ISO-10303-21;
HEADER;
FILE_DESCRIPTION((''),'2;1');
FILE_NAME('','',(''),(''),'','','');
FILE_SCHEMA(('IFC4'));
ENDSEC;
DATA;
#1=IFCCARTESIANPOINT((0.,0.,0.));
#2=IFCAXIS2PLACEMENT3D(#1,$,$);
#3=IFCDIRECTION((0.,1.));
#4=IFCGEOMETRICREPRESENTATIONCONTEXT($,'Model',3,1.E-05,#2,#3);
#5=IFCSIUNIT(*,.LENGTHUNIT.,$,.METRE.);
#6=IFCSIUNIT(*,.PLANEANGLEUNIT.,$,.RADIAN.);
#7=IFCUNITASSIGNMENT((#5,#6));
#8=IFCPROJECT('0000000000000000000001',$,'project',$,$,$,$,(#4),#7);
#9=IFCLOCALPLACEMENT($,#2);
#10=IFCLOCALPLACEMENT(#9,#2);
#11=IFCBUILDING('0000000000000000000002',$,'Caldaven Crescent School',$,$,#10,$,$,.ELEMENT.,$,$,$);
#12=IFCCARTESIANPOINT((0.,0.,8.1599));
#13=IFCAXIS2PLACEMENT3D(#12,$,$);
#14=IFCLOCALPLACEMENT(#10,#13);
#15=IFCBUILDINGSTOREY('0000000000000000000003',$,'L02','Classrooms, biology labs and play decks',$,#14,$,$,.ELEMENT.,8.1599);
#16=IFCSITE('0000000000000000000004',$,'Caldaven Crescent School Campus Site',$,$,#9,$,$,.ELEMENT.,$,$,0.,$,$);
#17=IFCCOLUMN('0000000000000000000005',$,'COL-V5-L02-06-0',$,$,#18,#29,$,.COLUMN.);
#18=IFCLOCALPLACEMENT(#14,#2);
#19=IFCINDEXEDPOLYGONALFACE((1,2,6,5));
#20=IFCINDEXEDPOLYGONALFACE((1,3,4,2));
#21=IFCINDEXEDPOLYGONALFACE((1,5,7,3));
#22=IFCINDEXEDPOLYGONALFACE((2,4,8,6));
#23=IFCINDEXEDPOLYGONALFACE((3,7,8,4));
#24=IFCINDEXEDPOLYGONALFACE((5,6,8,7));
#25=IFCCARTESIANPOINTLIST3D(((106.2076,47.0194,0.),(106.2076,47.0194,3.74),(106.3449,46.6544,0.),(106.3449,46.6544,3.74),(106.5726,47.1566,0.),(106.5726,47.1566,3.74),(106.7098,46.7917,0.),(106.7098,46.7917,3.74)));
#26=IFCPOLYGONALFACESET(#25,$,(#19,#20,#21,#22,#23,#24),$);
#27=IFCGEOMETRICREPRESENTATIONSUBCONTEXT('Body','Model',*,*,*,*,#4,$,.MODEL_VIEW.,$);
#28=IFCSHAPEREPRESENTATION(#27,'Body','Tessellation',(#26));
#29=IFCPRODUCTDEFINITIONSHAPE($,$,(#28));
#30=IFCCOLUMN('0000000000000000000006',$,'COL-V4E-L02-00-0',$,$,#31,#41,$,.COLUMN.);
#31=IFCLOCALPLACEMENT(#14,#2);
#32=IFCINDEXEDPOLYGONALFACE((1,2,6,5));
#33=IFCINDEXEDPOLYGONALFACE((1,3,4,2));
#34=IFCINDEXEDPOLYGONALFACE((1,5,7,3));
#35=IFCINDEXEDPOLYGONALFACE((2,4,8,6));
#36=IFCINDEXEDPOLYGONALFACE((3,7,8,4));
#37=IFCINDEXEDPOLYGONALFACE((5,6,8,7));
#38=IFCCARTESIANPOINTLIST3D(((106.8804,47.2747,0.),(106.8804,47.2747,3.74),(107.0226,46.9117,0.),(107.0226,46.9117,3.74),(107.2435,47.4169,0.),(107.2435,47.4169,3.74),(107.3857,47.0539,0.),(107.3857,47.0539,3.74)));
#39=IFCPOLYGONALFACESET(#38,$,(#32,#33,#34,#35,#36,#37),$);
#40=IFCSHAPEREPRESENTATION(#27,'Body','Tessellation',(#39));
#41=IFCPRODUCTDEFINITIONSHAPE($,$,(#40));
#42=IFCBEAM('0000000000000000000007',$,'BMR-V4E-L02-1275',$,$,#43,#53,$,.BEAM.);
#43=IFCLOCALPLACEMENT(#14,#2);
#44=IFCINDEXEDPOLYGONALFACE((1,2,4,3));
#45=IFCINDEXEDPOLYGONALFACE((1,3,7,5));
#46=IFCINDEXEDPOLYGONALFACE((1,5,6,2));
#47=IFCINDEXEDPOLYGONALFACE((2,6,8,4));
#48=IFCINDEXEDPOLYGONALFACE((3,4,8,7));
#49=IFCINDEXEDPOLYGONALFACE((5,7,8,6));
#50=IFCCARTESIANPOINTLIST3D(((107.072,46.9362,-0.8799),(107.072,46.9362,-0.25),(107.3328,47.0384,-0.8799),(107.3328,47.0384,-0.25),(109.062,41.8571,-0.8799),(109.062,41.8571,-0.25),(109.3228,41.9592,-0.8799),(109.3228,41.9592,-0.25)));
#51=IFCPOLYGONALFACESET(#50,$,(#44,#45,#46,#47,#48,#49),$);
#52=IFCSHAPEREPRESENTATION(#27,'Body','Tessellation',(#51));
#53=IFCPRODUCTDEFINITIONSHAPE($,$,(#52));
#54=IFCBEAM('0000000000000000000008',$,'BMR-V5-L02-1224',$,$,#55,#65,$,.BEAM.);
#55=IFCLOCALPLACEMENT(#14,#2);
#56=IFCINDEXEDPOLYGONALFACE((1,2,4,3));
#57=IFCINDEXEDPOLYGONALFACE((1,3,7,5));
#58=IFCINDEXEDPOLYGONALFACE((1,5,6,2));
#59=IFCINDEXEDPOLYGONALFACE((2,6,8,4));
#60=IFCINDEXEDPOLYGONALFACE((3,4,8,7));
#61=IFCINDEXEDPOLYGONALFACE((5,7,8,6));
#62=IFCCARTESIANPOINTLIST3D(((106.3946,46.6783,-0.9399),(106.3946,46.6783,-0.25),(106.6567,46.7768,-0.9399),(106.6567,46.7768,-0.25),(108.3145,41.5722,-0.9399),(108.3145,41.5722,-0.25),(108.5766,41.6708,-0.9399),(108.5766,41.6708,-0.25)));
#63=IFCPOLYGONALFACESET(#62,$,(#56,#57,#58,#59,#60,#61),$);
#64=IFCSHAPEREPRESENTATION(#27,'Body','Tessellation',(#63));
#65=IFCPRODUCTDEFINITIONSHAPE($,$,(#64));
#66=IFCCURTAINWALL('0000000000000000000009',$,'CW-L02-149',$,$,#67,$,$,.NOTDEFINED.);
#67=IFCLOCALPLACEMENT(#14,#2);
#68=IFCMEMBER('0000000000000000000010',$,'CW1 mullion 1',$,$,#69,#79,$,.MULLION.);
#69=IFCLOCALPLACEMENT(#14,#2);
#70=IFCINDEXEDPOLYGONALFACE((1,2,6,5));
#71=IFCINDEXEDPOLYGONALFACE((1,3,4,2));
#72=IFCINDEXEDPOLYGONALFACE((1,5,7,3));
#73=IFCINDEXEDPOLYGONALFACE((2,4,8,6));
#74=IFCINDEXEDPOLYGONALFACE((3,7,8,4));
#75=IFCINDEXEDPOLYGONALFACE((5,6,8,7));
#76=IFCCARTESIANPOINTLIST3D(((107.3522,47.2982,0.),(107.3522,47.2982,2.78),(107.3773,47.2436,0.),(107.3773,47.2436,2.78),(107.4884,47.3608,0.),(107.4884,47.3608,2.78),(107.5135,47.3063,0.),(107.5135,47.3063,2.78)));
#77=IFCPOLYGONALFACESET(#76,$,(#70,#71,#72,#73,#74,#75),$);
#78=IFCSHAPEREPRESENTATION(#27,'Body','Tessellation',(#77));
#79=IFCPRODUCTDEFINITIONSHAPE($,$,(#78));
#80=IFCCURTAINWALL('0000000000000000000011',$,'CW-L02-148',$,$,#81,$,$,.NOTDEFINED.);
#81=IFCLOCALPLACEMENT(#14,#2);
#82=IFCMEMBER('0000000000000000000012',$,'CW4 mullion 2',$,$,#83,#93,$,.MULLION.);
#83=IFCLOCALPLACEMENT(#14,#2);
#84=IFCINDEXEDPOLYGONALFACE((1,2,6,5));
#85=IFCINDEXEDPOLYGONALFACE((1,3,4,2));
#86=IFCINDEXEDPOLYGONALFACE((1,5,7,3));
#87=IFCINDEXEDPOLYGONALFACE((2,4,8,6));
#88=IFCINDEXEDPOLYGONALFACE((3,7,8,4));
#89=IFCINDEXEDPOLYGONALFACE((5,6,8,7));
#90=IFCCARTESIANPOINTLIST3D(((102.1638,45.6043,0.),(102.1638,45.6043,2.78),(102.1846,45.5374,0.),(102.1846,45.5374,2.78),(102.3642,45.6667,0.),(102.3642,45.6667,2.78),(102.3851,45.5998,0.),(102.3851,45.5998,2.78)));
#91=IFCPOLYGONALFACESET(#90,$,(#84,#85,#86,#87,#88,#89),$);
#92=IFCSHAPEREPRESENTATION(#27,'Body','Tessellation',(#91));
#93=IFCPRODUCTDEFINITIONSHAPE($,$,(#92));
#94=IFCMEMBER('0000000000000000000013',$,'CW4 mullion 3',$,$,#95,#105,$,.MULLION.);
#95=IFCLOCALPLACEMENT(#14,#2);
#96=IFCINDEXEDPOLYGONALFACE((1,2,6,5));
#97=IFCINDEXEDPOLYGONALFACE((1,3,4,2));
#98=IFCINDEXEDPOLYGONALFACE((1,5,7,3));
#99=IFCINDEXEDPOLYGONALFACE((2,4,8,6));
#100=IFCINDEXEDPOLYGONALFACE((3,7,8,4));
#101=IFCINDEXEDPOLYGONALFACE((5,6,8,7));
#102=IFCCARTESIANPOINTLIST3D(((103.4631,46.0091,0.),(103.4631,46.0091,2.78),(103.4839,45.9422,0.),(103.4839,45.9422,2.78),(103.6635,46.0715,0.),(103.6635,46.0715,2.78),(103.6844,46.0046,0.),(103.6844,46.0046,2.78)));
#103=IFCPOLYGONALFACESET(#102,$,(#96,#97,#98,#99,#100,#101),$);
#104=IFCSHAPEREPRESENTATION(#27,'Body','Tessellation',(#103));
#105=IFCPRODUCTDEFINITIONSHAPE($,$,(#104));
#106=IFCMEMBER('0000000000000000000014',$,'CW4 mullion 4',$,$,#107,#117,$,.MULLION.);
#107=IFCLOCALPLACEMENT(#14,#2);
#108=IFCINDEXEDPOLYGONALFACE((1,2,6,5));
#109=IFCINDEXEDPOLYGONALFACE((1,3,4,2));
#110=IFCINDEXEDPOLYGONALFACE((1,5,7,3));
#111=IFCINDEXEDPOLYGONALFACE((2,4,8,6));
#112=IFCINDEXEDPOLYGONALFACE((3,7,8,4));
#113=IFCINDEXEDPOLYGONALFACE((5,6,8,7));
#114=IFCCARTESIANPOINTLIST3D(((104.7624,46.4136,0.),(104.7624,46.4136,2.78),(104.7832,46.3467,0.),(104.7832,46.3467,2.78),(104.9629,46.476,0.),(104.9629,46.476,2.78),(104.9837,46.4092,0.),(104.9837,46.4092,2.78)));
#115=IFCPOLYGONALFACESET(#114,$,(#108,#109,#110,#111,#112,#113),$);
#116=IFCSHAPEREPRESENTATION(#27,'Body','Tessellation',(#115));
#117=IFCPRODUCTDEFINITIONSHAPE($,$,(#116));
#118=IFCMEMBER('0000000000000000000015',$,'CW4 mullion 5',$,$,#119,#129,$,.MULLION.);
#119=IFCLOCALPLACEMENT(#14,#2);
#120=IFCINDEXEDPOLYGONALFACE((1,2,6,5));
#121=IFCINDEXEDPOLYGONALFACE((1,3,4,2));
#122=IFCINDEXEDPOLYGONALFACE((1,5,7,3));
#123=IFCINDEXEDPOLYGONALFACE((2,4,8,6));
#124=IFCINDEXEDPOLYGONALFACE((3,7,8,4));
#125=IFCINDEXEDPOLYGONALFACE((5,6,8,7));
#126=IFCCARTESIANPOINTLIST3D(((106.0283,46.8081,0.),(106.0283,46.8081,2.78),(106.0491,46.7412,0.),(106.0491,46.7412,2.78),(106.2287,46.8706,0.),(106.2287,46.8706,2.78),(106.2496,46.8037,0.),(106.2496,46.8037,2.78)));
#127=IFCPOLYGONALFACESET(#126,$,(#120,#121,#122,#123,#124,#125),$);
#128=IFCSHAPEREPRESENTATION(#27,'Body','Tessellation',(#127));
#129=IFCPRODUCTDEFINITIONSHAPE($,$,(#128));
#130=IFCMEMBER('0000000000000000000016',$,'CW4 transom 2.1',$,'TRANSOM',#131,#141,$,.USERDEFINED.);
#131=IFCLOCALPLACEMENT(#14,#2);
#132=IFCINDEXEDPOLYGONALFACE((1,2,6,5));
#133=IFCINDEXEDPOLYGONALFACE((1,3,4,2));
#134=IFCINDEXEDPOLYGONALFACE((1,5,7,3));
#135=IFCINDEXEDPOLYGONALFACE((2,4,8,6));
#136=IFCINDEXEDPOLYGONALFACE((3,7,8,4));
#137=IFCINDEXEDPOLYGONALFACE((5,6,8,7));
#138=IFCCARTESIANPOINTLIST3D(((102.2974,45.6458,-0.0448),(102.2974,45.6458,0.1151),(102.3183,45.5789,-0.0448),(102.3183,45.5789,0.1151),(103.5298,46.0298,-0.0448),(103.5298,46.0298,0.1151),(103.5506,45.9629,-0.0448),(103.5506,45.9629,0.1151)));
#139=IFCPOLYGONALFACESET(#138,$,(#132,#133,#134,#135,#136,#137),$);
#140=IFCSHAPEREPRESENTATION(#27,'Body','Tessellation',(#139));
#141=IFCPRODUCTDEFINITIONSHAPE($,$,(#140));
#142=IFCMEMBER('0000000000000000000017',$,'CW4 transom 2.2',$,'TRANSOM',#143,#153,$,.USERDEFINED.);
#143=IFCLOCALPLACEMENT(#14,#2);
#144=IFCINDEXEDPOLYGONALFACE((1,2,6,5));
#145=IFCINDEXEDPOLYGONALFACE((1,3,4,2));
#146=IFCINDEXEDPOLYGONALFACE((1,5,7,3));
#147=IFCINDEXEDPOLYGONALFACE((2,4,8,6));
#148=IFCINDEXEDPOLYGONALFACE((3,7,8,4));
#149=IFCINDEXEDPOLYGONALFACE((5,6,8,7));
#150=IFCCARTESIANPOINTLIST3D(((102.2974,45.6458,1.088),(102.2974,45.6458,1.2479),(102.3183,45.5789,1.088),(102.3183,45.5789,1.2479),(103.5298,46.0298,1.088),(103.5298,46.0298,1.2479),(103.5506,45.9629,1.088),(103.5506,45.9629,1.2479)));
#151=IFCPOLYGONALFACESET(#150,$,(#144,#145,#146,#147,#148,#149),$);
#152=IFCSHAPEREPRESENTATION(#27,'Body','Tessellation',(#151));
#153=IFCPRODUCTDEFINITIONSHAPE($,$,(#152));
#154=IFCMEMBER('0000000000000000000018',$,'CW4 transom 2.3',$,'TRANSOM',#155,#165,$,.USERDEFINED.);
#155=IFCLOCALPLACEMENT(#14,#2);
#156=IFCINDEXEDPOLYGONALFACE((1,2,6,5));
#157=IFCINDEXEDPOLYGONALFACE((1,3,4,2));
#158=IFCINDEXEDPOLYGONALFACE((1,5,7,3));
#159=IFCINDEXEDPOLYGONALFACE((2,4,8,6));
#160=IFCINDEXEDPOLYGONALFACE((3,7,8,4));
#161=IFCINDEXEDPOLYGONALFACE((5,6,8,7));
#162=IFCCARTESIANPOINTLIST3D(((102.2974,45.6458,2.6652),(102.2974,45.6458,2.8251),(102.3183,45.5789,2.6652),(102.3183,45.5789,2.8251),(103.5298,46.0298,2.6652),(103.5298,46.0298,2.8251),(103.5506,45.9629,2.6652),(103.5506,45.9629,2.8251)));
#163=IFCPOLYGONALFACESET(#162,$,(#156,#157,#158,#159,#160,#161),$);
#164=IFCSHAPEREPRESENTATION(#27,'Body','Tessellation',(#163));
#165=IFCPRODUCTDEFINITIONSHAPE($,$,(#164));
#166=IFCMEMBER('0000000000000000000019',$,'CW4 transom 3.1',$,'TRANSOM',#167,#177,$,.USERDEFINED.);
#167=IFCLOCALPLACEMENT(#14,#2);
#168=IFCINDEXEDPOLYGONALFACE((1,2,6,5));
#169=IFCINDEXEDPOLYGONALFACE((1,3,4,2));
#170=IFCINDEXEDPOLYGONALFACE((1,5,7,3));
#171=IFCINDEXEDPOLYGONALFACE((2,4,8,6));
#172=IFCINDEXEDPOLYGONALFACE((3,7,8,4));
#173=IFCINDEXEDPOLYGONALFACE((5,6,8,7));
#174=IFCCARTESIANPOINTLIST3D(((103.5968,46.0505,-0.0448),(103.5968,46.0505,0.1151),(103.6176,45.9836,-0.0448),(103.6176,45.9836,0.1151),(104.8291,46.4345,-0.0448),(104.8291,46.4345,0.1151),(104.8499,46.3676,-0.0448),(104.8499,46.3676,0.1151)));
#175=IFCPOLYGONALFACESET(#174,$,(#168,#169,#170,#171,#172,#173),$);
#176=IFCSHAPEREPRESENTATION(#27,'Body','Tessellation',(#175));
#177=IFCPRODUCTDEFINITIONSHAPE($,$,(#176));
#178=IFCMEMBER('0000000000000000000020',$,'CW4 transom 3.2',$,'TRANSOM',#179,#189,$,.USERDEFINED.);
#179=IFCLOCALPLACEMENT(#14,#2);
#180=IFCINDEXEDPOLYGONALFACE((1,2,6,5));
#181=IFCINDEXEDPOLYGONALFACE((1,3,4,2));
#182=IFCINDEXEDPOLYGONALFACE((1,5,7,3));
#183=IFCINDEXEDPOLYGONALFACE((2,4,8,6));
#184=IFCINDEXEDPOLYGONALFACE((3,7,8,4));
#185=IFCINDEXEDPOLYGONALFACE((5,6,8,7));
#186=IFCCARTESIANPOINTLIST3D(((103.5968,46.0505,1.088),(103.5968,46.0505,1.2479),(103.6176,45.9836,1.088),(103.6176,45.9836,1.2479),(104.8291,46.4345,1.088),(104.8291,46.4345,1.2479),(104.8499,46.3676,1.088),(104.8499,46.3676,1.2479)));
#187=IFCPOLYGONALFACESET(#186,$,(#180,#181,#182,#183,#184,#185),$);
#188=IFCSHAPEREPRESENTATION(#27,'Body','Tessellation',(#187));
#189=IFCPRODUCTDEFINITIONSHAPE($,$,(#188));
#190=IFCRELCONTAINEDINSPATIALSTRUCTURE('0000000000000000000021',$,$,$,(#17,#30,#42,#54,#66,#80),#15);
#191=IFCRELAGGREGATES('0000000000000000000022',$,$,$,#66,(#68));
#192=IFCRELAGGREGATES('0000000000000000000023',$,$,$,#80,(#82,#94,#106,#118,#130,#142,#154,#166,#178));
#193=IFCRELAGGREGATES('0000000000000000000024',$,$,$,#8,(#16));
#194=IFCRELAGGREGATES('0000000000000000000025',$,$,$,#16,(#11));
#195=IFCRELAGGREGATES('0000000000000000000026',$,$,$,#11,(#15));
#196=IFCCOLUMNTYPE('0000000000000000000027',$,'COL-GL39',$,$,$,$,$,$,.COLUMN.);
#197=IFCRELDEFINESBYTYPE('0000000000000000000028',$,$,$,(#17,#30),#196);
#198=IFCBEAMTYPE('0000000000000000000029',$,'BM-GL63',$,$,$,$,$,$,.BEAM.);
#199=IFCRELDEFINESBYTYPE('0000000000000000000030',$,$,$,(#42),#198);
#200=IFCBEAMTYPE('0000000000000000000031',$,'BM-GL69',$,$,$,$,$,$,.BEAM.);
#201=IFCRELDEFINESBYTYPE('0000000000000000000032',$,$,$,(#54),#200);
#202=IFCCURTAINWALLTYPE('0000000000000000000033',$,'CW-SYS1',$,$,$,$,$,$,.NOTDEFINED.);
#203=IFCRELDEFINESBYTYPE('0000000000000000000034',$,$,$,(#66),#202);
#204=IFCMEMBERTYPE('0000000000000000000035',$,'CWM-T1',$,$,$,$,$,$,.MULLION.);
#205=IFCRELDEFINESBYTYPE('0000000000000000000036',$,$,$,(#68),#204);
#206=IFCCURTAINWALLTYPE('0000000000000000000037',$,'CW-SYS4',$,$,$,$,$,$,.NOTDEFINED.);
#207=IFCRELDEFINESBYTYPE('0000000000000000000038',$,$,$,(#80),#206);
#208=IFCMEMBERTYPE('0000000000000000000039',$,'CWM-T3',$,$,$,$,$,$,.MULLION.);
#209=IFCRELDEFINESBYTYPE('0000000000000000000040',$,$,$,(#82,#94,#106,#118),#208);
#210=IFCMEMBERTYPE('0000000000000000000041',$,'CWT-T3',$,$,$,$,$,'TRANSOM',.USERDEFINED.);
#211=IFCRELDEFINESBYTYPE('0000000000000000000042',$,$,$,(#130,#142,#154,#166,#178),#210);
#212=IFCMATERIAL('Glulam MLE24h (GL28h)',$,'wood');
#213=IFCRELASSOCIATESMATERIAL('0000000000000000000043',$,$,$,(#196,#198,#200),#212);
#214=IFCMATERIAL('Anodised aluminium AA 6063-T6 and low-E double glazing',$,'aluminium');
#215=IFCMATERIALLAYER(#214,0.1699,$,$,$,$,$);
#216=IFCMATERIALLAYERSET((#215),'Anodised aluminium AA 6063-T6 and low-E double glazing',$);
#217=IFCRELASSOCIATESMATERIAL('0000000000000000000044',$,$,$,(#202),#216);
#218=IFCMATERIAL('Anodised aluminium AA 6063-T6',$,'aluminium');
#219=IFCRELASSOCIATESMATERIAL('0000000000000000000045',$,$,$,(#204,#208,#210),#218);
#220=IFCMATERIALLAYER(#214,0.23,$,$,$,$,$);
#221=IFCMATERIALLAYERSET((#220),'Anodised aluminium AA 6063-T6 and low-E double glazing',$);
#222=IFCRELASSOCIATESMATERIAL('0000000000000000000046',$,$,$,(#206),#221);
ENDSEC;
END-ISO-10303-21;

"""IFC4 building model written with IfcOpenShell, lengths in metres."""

from ifc_helpers import new_model, si_unit, direction, frame, origin, origin_2d, place, context, subcontext, project, spatial, rectangle, extrude, material, layer, layer_set, material_profile, profile_set, type_object, element, aggregate, save


model = new_model("IFC4")

# Units and contexts
model_context = context("Model", 3, precision=1e-05, world=origin(), true_north=direction((0.0, 1.0)))
body_context = subcontext(model_context, "Body", "Model", "MODEL_VIEW")
ifc_project = project(units=[si_unit("LENGTHUNIT", "METRE"), si_unit("PLANEANGLEUNIT", "RADIAN")], contexts=[model_context])

# Site, building, storey
site_placement = place(None, origin())
site = spatial("IfcSite", under=ifc_project, at=site_placement, Name="Caldaven Crescent School Campus Site", CompositionType="ELEMENT", RefElevation=0.0)
building_placement = place(site_placement, origin())
building = spatial("IfcBuilding", under=site, at=building_placement, Name="Caldaven Crescent School", CompositionType="ELEMENT")
storey_placement = place(building_placement, frame((0.0, 0.0, 8.1599)))
storey = spatial("IfcBuildingStorey", under=building, at=storey_placement, Name="L02", Description="Classrooms, biology labs and play decks", CompositionType="ELEMENT", Elevation=8.1599)

# Columns
ifc_material_1 = material(Name="Glulam MLE24h (GL28h)", Category="wood")
ifc_material_profile_1 = material_profile(ifc_material_1, rectangle(XDim=0.3899, YDim=0.3899, at=origin_2d()), Name="MLE 390x390")
ifc_profile_set_1 = profile_set([ifc_material_profile_1], Name="Glulam MLE24h (GL28h)")
column_type = type_object("IfcColumnType", Name="COL-GL39", PredefinedType="COLUMN", material=ifc_profile_set_1)
for number, where, z_axis, x_axis, name in (
    (1, (106.4587, 46.9055, 0.0), (0.0, 0.0, 1.0), (0.352005, -0.935998, 0.0), "COL-V5-L02-06-0"),
    (2, (107.1331, 47.1643, 0.0), (0.0, 0.0, 1.0), (0.364714, -0.931119, 0.0), "COL-V4E-L02-00-0"),
):
    element("IfcColumn", number, at=place(storey_placement, frame(where, z_axis=z_axis, x_axis=x_axis)), inside=storey, type_object=column_type, Name=name, PredefinedType="COLUMN", context=body_context, shape_type="SweptSolid", body=[
        extrude(rectangle(XDim=0.3899, YDim=0.3899, at=origin_2d()), origin(), (0.0, 0.0, 1.0), 3.74),
    ])

# Beams
ifc_material_profile_2 = material_profile(ifc_material_1, rectangle(XDim=0.28, YDim=0.6299, at=origin_2d()), Name="MLE 280x630")
ifc_profile_set_2 = profile_set([ifc_material_profile_2], Name="Glulam MLE24h (GL28h)")
beam_type_1 = type_object("IfcBeamType", Name="BM-GL63", PredefinedType="BEAM", material=ifc_profile_set_2)
beam_1_placement = place(storey_placement, frame((107.2024, 46.9873, -0.5649), z_axis=(0.364799, -0.931086, 0.0), x_axis=(0.931086, 0.364799, 0.0)))
element("IfcBeam", 3, at=beam_1_placement, inside=storey, type_object=beam_type_1, Name="BMR-V4E-L02-1275", PredefinedType="BEAM", context=body_context, shape_type="SweptSolid", body=[
    extrude(rectangle(XDim=0.28, YDim=0.6299, at=origin_2d()), origin(), (0.0, 0.0, 1.0), 5.4551),
])
ifc_material_profile_3 = material_profile(ifc_material_1, rectangle(XDim=0.28, YDim=0.6899, at=origin_2d()), Name="MLE 280x690")
ifc_profile_set_3 = profile_set([ifc_material_profile_3], Name="Glulam MLE24h (GL28h)")
beam_type_2 = type_object("IfcBeamType", Name="BM-GL69", PredefinedType="BEAM", material=ifc_profile_set_3)
beam_2_placement = place(storey_placement, frame((106.5256, 46.7275, -0.595), z_axis=(0.351957, -0.936016, 0.0), x_axis=(0.936016, 0.351957, 0.0)))
element("IfcBeam", 4, at=beam_2_placement, inside=storey, type_object=beam_type_2, Name="BMR-V5-L02-1224", PredefinedType="BEAM", context=body_context, shape_type="SweptSolid", body=[
    extrude(rectangle(XDim=0.28, YDim=0.6899, at=origin_2d()), origin(), (0.0, 0.0, 1.0), 5.4551),
])

# Curtain wall, member
ifc_material_2 = material(Name="Anodised aluminium AA 6063-T6 and low-E double glazing", Category="aluminium")
ifc_layer_1 = layer(ifc_material_2, 0.1699)
ifc_layer_set_1 = layer_set([ifc_layer_1], Name="Anodised aluminium AA 6063-T6 and low-E double glazing")
curtain_wall_type_1 = type_object("IfcCurtainWallType", Name="CW-SYS1", PredefinedType="NOTDEFINED", material=ifc_layer_set_1)
curtain_wall_1_placement = place(storey_placement, origin())
curtain_wall_1 = element("IfcCurtainWall", 5, at=curtain_wall_1_placement, inside=storey, type_object=curtain_wall_type_1, Name="CW-L02-149", PredefinedType="NOTDEFINED")
ifc_material_3 = material(Name="Anodised aluminium AA 6063-T6", Category="aluminium")
ifc_material_profile_4 = material_profile(ifc_material_3, rectangle(XDim=0.0601, YDim=0.1499, at=origin_2d()), Name="CWM 60x150")
ifc_profile_set_4 = profile_set([ifc_material_profile_4], Name="Anodised aluminium AA 6063-T6")
member_type_1 = type_object("IfcMemberType", Name="CWM-T1", PredefinedType="MULLION", material=ifc_profile_set_4)
member_1_placement = place(storey_placement, frame((107.4329, 47.3022, 0.0), z_axis=(0.0, 0.0, 1.0), x_axis=(-0.417824, 0.908528, 0.0)))
member_1 = element("IfcMember", 6, at=member_1_placement, type_object=member_type_1, Name="CW1 mullion 1", PredefinedType="MULLION", context=body_context, shape_type="SweptSolid", body=[
    extrude(rectangle(XDim=0.0601, YDim=0.1499, at=origin_2d()), origin(), (0.0, 0.0, 1.0), 2.78),
])
aggregate(curtain_wall_1, [member_1])

# Curtain wall, members
ifc_layer_2 = layer(ifc_material_2, 0.23)
ifc_layer_set_2 = layer_set([ifc_layer_2], Name="Anodised aluminium AA 6063-T6 and low-E double glazing")
curtain_wall_type_2 = type_object("IfcCurtainWallType", Name="CW-SYS4", PredefinedType="NOTDEFINED", material=ifc_layer_set_2)
curtain_wall_2_placement = place(storey_placement, origin())
curtain_wall_2 = element("IfcCurtainWall", 7, at=curtain_wall_2_placement, inside=storey, type_object=curtain_wall_type_2, Name="CW-L02-148", PredefinedType="NOTDEFINED")
ifc_material_profile_5 = material_profile(ifc_material_3, rectangle(XDim=0.0701, YDim=0.21, at=origin_2d()), Name="CWM 70x210")
ifc_profile_set_5 = profile_set([ifc_material_profile_5], Name="Anodised aluminium AA 6063-T6")
member_type_2 = type_object("IfcMemberType", Name="CWM-T3", PredefinedType="MULLION", material=ifc_profile_set_5)
member_2_placement = place(storey_placement, frame((102.2744, 45.6021, 0.0), z_axis=(0.0, 0.0, 1.0), x_axis=(-0.29742, 0.954747, 0.0)))
member_2 = element("IfcMember", 8, at=member_2_placement, type_object=member_type_2, Name="CW4 mullion 2", PredefinedType="MULLION", context=body_context, shape_type="SweptSolid", body=[
    extrude(rectangle(XDim=0.0701, YDim=0.21, at=origin_2d()), origin(), (0.0, 0.0, 1.0), 2.78),
])
member_3_placement = place(storey_placement, frame((103.5737, 46.0068, 0.0), z_axis=(0.0, 0.0, 1.0), x_axis=(-0.29742, 0.954747, 0.0)))
member_3 = element("IfcMember", 9, at=member_3_placement, type_object=member_type_2, Name="CW4 mullion 3", PredefinedType="MULLION", context=body_context, shape_type="SweptSolid", body=[
    extrude(rectangle(XDim=0.0701, YDim=0.21, at=origin_2d()), origin(), (0.0, 0.0, 1.0), 2.78),
])
member_4_placement = place(storey_placement, frame((104.873, 46.4114, 0.0), z_axis=(0.0, 0.0, 1.0), x_axis=(-0.29742, 0.954747, 0.0)))
member_4 = element("IfcMember", 10, at=member_4_placement, type_object=member_type_2, Name="CW4 mullion 4", PredefinedType="MULLION", context=body_context, shape_type="SweptSolid", body=[
    extrude(rectangle(XDim=0.0701, YDim=0.21, at=origin_2d()), origin(), (0.0, 0.0, 1.0), 2.78),
])
member_5_placement = place(storey_placement, frame((106.1389, 46.8059, 0.0), z_axis=(0.0, 0.0, 1.0), x_axis=(-0.29742, 0.954747, 0.0)))
member_5 = element("IfcMember", 11, at=member_5_placement, type_object=member_type_2, Name="CW4 mullion 5", PredefinedType="MULLION", context=body_context, shape_type="SweptSolid", body=[
    extrude(rectangle(XDim=0.0701, YDim=0.21, at=origin_2d()), origin(), (0.0, 0.0, 1.0), 2.78),
])
ifc_material_profile_6 = material_profile(ifc_material_3, rectangle(XDim=0.0701, YDim=0.1599, at=origin_2d()), Name="CWT 70x160")
ifc_profile_set_6 = profile_set([ifc_material_profile_6], Name="Anodised aluminium AA 6063-T6")
member_type_3 = type_object("IfcMemberType", Name="CWT-T3", ElementType="TRANSOM", PredefinedType="USERDEFINED", material=ifc_profile_set_6)
member_6_placement = place(storey_placement, frame((102.3079, 45.6123, 0.0352), z_axis=(0.954722, 0.2975, 0.0), x_axis=(-0.2975, 0.954722, 0.0)))
member_6 = element("IfcMember", 12, at=member_6_placement, type_object=member_type_3, Name="CW4 transom 2.1", ObjectType="TRANSOM", PredefinedType="USERDEFINED", context=body_context, shape_type="SweptSolid", body=[
    extrude(rectangle(XDim=0.0701, YDim=0.1599, at=origin_2d()), origin(), (0.0, 0.0, 1.0), 1.2908),
])
member_7_placement = place(storey_placement, frame((102.3079, 45.6123, 1.168), z_axis=(0.954722, 0.2975, 0.0), x_axis=(-0.2975, 0.954722, 0.0)))
member_7 = element("IfcMember", 13, at=member_7_placement, type_object=member_type_3, Name="CW4 transom 2.2", ObjectType="TRANSOM", PredefinedType="USERDEFINED", context=body_context, shape_type="SweptSolid", body=[
    extrude(rectangle(XDim=0.0701, YDim=0.1599, at=origin_2d()), origin(), (0.0, 0.0, 1.0), 1.2908),
])
member_8_placement = place(storey_placement, frame((102.3079, 45.6123, 2.7451), z_axis=(0.954722, 0.2975, 0.0), x_axis=(-0.2975, 0.954722, 0.0)))
member_8 = element("IfcMember", 14, at=member_8_placement, type_object=member_type_3, Name="CW4 transom 2.3", ObjectType="TRANSOM", PredefinedType="USERDEFINED", context=body_context, shape_type="SweptSolid", body=[
    extrude(rectangle(XDim=0.0701, YDim=0.1599, at=origin_2d()), origin(), (0.0, 0.0, 1.0), 1.2908),
])
member_9_placement = place(storey_placement, frame((103.6072, 46.0171, 0.0352), z_axis=(0.954722, 0.2975, 0.0), x_axis=(-0.2975, 0.954722, 0.0)))
member_9 = element("IfcMember", 15, at=member_9_placement, type_object=member_type_3, Name="CW4 transom 3.1", ObjectType="TRANSOM", PredefinedType="USERDEFINED", context=body_context, shape_type="SweptSolid", body=[
    extrude(rectangle(XDim=0.0701, YDim=0.1599, at=origin_2d()), origin(), (0.0, 0.0, 1.0), 1.2908),
])
member_10_placement = place(storey_placement, frame((103.6072, 46.0171, 1.168), z_axis=(0.954722, 0.2975, 0.0), x_axis=(-0.2975, 0.954722, 0.0)))
member_10 = element("IfcMember", 16, at=member_10_placement, type_object=member_type_3, Name="CW4 transom 3.2", ObjectType="TRANSOM", PredefinedType="USERDEFINED", context=body_context, shape_type="SweptSolid", body=[
    extrude(rectangle(XDim=0.0701, YDim=0.1599, at=origin_2d()), origin(), (0.0, 0.0, 1.0), 1.2908),
])

aggregate(curtain_wall_2, [member_2, member_3, member_4, member_5, member_6, member_7, member_8, member_9, member_10])

save(model, "model.ifc")
